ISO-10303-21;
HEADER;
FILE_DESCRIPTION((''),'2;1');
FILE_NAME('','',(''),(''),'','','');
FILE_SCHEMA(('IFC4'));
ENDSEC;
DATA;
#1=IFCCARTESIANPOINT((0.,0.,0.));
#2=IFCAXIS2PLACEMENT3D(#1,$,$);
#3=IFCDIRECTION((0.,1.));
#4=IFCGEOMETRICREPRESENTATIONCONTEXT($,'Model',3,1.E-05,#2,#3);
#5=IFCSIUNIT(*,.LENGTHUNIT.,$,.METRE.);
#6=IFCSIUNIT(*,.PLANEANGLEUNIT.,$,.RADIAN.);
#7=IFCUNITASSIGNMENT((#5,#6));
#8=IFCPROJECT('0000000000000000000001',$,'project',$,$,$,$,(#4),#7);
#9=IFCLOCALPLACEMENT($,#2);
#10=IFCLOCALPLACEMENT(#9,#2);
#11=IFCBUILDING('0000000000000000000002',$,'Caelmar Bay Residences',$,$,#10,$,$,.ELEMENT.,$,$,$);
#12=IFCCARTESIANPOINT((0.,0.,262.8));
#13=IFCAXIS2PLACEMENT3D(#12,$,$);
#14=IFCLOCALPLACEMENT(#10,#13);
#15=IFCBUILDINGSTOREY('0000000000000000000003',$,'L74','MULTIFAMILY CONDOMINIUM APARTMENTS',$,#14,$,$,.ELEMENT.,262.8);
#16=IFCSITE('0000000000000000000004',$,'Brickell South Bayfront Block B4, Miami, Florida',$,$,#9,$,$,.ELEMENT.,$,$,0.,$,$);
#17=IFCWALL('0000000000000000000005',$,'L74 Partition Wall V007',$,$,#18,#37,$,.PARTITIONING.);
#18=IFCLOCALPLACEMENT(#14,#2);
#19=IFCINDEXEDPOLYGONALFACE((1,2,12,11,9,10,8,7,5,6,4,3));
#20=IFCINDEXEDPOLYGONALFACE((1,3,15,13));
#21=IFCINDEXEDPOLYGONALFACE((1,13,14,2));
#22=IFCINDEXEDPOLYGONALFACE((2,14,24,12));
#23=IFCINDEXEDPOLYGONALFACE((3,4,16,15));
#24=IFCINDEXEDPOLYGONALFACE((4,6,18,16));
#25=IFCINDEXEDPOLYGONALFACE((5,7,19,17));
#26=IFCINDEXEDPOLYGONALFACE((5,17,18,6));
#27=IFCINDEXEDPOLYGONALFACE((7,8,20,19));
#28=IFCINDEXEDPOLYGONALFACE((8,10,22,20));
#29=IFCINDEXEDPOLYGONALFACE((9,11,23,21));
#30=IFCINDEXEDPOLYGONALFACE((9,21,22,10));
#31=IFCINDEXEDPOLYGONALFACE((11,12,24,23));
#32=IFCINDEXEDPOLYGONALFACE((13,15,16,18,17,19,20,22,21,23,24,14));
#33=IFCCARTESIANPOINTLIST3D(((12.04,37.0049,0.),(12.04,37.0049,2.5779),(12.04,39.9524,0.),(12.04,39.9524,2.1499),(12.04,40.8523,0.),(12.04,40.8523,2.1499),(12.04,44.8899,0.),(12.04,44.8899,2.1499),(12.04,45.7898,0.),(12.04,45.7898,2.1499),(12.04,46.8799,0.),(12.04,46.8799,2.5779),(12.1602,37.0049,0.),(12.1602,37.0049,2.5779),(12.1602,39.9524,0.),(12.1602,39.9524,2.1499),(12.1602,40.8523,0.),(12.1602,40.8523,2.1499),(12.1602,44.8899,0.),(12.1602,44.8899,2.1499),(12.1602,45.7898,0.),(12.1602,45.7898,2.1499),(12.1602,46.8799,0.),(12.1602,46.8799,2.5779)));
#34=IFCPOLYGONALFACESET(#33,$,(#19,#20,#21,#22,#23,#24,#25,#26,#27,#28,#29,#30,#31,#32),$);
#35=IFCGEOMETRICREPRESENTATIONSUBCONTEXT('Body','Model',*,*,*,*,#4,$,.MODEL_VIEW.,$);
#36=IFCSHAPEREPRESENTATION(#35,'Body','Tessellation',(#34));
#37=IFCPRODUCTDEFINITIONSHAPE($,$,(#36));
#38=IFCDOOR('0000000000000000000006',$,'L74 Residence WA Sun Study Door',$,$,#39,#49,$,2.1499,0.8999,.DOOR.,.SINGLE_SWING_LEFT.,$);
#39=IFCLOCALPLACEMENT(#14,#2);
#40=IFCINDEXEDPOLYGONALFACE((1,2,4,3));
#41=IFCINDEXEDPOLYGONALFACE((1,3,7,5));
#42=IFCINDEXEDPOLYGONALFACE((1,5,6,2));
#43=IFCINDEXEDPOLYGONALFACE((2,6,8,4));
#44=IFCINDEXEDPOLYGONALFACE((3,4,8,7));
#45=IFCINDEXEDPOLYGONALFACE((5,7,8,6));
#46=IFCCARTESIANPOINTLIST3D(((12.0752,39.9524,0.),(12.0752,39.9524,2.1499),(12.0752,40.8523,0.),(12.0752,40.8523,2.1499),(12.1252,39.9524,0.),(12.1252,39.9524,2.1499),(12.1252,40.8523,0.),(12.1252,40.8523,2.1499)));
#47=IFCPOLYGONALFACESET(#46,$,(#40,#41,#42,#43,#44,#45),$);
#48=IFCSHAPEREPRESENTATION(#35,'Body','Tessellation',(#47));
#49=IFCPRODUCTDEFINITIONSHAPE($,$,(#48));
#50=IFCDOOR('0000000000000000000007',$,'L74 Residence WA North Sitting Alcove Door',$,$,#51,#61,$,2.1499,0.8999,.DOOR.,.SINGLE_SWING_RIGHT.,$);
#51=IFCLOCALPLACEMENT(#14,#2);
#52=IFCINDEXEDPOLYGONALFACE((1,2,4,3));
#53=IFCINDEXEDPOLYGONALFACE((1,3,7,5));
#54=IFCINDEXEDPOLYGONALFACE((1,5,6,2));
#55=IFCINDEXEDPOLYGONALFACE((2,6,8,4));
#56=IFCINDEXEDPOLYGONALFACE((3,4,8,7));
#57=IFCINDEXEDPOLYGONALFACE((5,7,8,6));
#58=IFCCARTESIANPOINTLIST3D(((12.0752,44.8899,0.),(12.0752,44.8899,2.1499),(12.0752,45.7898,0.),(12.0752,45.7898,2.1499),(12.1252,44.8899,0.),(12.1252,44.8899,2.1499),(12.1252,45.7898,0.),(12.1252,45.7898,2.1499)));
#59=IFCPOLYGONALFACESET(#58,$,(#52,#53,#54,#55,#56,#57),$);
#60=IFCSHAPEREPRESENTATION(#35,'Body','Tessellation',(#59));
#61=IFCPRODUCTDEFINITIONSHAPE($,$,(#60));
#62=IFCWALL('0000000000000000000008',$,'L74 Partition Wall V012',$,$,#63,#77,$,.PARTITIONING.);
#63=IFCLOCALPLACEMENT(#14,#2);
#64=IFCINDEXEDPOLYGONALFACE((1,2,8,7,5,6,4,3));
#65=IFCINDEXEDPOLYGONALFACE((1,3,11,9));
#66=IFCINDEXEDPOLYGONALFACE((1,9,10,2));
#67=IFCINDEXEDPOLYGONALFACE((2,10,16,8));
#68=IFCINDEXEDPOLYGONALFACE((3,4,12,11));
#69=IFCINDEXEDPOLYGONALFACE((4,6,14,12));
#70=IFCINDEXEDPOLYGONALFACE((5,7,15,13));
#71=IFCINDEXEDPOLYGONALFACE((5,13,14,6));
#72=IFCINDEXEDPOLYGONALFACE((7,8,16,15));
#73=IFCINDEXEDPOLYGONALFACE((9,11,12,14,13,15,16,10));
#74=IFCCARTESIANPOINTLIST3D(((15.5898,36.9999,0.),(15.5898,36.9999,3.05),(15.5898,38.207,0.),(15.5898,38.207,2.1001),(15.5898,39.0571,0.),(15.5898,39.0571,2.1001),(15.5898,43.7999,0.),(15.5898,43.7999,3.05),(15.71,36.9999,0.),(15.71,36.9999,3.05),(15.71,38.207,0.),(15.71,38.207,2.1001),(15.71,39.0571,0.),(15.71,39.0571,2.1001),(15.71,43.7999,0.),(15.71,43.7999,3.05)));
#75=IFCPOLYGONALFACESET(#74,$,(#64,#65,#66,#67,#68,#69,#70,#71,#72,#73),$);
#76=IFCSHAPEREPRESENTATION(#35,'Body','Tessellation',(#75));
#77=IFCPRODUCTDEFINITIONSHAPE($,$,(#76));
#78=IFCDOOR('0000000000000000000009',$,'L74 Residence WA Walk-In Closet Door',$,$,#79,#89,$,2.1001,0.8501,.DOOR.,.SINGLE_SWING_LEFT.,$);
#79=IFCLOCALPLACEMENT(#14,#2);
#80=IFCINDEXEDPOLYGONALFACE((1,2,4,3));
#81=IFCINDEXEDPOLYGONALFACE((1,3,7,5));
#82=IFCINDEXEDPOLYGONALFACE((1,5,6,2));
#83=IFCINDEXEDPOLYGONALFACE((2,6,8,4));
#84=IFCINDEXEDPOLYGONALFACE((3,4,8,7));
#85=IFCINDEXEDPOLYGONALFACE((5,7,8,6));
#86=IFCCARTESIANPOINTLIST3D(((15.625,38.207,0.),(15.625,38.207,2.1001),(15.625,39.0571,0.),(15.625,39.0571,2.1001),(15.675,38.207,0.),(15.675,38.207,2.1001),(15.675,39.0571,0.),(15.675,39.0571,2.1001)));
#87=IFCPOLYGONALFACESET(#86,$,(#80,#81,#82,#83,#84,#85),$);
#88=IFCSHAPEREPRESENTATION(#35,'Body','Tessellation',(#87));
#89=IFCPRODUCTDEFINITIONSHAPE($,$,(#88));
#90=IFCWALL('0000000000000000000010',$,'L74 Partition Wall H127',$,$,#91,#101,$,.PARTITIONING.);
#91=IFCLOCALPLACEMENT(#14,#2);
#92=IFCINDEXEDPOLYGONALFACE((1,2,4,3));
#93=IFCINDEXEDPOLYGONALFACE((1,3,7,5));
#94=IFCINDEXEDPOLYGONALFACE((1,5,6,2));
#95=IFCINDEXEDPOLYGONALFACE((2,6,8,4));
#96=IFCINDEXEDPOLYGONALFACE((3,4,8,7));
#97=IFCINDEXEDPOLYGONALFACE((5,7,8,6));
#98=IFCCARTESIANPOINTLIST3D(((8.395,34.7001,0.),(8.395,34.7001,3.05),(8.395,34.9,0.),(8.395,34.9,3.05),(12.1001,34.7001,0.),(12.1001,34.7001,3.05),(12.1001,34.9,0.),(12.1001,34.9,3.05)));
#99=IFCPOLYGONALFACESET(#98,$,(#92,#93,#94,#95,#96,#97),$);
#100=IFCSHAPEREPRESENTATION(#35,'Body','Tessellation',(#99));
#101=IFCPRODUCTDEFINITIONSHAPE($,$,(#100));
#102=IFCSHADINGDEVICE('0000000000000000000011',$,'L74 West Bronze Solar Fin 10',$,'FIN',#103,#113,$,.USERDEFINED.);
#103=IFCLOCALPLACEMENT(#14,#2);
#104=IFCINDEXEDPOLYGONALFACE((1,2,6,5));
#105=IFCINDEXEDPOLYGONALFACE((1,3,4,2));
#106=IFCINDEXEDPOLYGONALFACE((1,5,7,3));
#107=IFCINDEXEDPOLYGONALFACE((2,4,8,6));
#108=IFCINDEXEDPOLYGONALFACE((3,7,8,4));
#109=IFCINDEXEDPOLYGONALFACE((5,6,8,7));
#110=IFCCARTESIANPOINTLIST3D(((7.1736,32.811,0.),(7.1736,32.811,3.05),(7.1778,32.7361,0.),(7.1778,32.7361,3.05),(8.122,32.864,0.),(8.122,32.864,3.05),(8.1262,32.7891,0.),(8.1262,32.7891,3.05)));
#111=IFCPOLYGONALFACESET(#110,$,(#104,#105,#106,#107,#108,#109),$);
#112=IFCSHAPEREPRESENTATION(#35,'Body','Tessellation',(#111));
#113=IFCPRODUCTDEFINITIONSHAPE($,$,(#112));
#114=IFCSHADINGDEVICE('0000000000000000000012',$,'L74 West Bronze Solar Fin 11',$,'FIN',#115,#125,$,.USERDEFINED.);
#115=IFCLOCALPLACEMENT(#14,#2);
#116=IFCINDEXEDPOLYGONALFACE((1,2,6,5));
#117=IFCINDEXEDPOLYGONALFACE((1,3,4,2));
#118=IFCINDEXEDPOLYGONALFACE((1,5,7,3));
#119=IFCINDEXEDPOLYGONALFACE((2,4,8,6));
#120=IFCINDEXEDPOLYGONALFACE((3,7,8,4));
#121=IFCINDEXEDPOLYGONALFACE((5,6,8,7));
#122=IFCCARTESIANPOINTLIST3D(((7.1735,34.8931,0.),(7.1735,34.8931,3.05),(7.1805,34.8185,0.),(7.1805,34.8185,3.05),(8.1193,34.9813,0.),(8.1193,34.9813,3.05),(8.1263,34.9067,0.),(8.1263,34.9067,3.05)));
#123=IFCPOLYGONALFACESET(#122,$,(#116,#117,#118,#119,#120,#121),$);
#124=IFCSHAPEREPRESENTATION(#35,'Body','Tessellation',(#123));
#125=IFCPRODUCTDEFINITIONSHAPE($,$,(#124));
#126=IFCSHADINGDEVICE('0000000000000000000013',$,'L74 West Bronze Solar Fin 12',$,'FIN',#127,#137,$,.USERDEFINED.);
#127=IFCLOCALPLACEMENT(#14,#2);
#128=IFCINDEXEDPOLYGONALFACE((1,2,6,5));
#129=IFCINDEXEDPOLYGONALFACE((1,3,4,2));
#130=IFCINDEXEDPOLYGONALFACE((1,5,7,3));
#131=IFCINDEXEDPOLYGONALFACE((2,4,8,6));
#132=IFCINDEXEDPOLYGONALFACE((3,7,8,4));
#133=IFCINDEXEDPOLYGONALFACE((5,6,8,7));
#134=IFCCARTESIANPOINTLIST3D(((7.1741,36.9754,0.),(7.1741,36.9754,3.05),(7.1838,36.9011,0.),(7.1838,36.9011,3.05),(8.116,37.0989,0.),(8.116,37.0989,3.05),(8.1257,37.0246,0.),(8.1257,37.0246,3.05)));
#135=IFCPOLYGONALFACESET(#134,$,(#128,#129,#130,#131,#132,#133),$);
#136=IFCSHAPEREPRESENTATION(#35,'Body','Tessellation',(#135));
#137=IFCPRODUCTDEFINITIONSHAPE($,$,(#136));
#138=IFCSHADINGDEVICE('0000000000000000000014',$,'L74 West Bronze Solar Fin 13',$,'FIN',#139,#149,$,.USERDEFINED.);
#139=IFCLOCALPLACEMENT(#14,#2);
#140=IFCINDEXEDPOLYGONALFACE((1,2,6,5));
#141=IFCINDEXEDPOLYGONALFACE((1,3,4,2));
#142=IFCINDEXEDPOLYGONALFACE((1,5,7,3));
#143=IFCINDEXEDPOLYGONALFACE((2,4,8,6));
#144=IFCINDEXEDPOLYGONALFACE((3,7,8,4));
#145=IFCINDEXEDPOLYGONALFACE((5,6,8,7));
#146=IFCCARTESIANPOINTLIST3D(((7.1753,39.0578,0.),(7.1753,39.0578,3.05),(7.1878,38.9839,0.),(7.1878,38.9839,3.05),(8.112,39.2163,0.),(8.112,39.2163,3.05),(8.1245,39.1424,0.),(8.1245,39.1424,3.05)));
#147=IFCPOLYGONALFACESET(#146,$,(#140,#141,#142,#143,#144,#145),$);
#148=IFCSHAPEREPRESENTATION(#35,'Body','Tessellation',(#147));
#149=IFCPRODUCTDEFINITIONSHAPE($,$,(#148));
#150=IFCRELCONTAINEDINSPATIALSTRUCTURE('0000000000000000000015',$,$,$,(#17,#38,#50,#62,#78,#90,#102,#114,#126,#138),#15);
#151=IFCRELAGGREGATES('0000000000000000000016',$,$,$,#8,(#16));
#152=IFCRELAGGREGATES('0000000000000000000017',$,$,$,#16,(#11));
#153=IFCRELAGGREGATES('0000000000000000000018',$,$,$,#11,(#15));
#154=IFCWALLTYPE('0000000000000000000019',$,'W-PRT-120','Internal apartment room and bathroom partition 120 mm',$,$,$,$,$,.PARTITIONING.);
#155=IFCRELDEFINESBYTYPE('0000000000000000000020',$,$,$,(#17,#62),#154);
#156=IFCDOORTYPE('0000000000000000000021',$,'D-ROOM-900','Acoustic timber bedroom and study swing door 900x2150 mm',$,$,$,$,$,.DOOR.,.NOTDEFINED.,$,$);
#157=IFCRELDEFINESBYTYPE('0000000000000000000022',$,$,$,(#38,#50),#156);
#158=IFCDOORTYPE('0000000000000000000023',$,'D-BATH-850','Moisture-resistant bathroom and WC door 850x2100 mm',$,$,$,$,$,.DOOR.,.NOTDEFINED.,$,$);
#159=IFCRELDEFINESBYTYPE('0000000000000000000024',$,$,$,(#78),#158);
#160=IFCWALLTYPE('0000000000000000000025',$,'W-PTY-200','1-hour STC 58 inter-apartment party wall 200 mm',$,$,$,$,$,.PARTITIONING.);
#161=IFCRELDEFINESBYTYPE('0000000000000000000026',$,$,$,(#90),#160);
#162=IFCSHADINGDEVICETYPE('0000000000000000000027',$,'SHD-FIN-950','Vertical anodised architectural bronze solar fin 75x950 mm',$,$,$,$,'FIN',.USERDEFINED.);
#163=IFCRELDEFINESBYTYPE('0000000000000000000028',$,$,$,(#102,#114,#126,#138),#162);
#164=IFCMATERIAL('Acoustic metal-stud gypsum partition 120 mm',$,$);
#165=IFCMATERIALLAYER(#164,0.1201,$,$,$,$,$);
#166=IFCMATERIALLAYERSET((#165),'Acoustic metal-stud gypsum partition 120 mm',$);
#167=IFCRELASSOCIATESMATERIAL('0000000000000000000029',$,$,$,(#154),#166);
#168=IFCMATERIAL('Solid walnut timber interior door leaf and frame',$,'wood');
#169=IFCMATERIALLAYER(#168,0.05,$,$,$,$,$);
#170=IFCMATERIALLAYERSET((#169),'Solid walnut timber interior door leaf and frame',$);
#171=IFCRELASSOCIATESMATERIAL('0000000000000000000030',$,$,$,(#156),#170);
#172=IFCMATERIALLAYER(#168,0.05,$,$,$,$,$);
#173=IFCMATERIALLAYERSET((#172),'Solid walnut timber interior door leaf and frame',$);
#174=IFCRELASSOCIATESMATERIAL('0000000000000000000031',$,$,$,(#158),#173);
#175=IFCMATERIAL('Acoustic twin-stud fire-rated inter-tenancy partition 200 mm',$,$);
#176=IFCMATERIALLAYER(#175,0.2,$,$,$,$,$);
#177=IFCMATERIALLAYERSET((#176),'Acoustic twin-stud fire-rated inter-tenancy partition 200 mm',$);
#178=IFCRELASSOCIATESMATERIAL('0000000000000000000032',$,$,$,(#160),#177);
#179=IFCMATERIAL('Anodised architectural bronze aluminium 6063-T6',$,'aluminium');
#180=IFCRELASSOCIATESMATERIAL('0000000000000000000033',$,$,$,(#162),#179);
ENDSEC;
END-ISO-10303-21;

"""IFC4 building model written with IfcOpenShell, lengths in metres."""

from ifc_helpers import new_model, si_unit, direction, frame, frame_2d, origin, origin_2d, place, context, subcontext, project, spatial, rectangle, extrude, material, layer, layer_set, material_profile, profile_set, type_object, element, fill, save


model = new_model("IFC4")

# Units and contexts
model_context = context("Model", 3, precision=1e-05, world=origin(), true_north=direction((0.0, 1.0)))
body_context = subcontext(model_context, "Body", "Model", "MODEL_VIEW")
ifc_project = project(units=[si_unit("LENGTHUNIT", "METRE"), si_unit("PLANEANGLEUNIT", "RADIAN")], contexts=[model_context])

# Site, building, storey
site_placement = place(None, origin())
site = spatial("IfcSite", under=ifc_project, at=site_placement, Name="Brickell South Bayfront Block B4, Miami, Florida", CompositionType="ELEMENT", RefElevation=0.0)
building_placement = place(site_placement, origin())
building = spatial("IfcBuilding", under=site, at=building_placement, Name="Caelmar Bay Residences", CompositionType="ELEMENT")
storey_placement = place(building_placement, frame((0.0, 0.0, 262.8)))
storey = spatial("IfcBuildingStorey", under=building, at=storey_placement, Name="L74", Description="MULTIFAMILY CONDOMINIUM APARTMENTS", CompositionType="ELEMENT", Elevation=262.8)

# Wall, openings, doors
ifc_material_1 = material(Name="Acoustic metal-stud gypsum partition 120 mm")
ifc_layer_1 = layer(ifc_material_1, 0.1201)
ifc_layer_set_1 = layer_set([ifc_layer_1], Name="Acoustic metal-stud gypsum partition 120 mm")
wall_type_1 = type_object("IfcWallType", Name="W-PRT-120", Description="Internal apartment room and bathroom partition 120 mm", PredefinedType="PARTITIONING", material=ifc_layer_set_1)
wall_1_placement = place(storey_placement, frame((12.1001, 37.0049, 0.0), z_axis=(0.0, 0.0, 1.0), x_axis=(0.0, 1.0, 0.0)))
wall_1 = element("IfcWall", 1, at=wall_1_placement, inside=storey, type_object=wall_type_1, Name="L74 Partition Wall V007", PredefinedType="PARTITIONING", context=body_context, shape_type="SweptSolid", body=[
    extrude(rectangle(XDim=9.875, YDim=0.1201, at=frame_2d((4.9375, 0.0))), origin(), (0.0, 0.0, 1.0), 2.5779),
])
opening_1_placement = place(wall_1_placement, frame((2.9475, 0.0, 0.0)))
opening_1 = element("IfcOpeningElement", 2, at=opening_1_placement, cuts=wall_1, PredefinedType="OPENING", context=body_context, shape_type="SweptSolid", body=[
    extrude(rectangle(XDim=0.8999, YDim=2.1499, at=frame_2d((0.45, 1.075))), frame((0.0, 0.0701, 0.0), z_axis=(0.0, -1.0, 0.0), x_axis=(1.0, 0.0, 0.0)), (0.0, 0.0, 1.0), 0.1401),
])
opening_2_placement = place(wall_1_placement, frame((7.885, 0.0, 0.0)))
opening_2 = element("IfcOpeningElement", 3, at=opening_2_placement, cuts=wall_1, PredefinedType="OPENING", context=body_context, shape_type="SweptSolid", body=[
    extrude(rectangle(XDim=0.8999, YDim=2.1499, at=frame_2d((0.45, 1.075))), frame((0.0, 0.0701, 0.0), z_axis=(0.0, -1.0, 0.0), x_axis=(1.0, 0.0, 0.0)), (0.0, 0.0, 1.0), 0.1401),
])
ifc_material_2 = material(Name="Solid walnut timber interior door leaf and frame", Category="wood")
ifc_layer_2 = layer(ifc_material_2, 0.05)
ifc_layer_set_2 = layer_set([ifc_layer_2], Name="Solid walnut timber interior door leaf and frame")
door_type_1 = type_object("IfcDoorType", Name="D-ROOM-900", Description="Acoustic timber bedroom and study swing door 900x2150 mm", OperationType="NOTDEFINED", PredefinedType="DOOR", material=ifc_layer_set_2)
door_1_placement = place(opening_1_placement, origin())
door_1 = element("IfcDoor", 4, at=door_1_placement, inside=storey, type_object=door_type_1, Name="L74 Residence WA Sun Study Door", OperationType="SINGLE_SWING_LEFT", OverallHeight=2.1499, OverallWidth=0.8999, PredefinedType="DOOR", context=body_context, shape_type="SweptSolid", body=[
    extrude(rectangle(XDim=0.8999, YDim=2.1499, at=frame_2d((0.45, 1.075))), frame((0.0, 0.0249, 0.0), z_axis=(0.0, -1.0, 0.0), x_axis=(1.0, 0.0, 0.0)), (0.0, 0.0, 1.0), 0.05),
])
fill(opening_1, door_1)
door_2_placement = place(opening_2_placement, origin())
door_2 = element("IfcDoor", 5, at=door_2_placement, inside=storey, type_object=door_type_1, Name="L74 Residence WA North Sitting Alcove Door", OperationType="SINGLE_SWING_RIGHT", OverallHeight=2.1499, OverallWidth=0.8999, PredefinedType="DOOR", context=body_context, shape_type="SweptSolid", body=[
    extrude(rectangle(XDim=0.8999, YDim=2.1499, at=frame_2d((0.45, 1.075))), frame((0.0, 0.0249, 0.0), z_axis=(0.0, -1.0, 0.0), x_axis=(1.0, 0.0, 0.0)), (0.0, 0.0, 1.0), 0.05),
])
fill(opening_2, door_2)

# Wall, opening, door
wall_2_placement = place(storey_placement, frame((15.6499, 37.0, 0.0), z_axis=(0.0, 0.0, 1.0), x_axis=(0.0, 1.0, 0.0)))
wall_2 = element("IfcWall", 6, at=wall_2_placement, inside=storey, type_object=wall_type_1, Name="L74 Partition Wall V012", PredefinedType="PARTITIONING", context=body_context, shape_type="SweptSolid", body=[
    extrude(rectangle(XDim=6.8, YDim=0.1201, at=frame_2d((3.3999, 0.0))), origin(), (0.0, 0.0, 1.0), 3.05),
])
opening_3_placement = place(wall_2_placement, frame((1.207, 0.0, 0.0)))
opening_3 = element("IfcOpeningElement", 7, at=opening_3_placement, cuts=wall_2, PredefinedType="OPENING", context=body_context, shape_type="SweptSolid", body=[
    extrude(rectangle(XDim=0.8501, YDim=2.1001, at=frame_2d((0.425, 1.05))), frame((0.0, 0.0701, 0.0), z_axis=(0.0, -1.0, 0.0), x_axis=(1.0, 0.0, 0.0)), (0.0, 0.0, 1.0), 0.1401),
])
ifc_layer_3 = layer(ifc_material_2, 0.05)
ifc_layer_set_3 = layer_set([ifc_layer_3], Name="Solid walnut timber interior door leaf and frame")
door_type_2 = type_object("IfcDoorType", Name="D-BATH-850", Description="Moisture-resistant bathroom and WC door 850x2100 mm", OperationType="NOTDEFINED", PredefinedType="DOOR", material=ifc_layer_set_3)
door_3_placement = place(opening_3_placement, origin())
door_3 = element("IfcDoor", 8, at=door_3_placement, inside=storey, type_object=door_type_2, Name="L74 Residence WA Walk-In Closet Door", OperationType="SINGLE_SWING_LEFT", OverallHeight=2.1001, OverallWidth=0.8501, PredefinedType="DOOR", context=body_context, shape_type="SweptSolid", body=[
    extrude(rectangle(XDim=0.8501, YDim=2.1001, at=frame_2d((0.425, 1.05))), frame((0.0, 0.0249, 0.0), z_axis=(0.0, -1.0, 0.0), x_axis=(1.0, 0.0, 0.0)), (0.0, 0.0, 1.0), 0.05),
])
fill(opening_3, door_3)

# Wall
ifc_material_3 = material(Name="Acoustic twin-stud fire-rated inter-tenancy partition 200 mm")
ifc_layer_4 = layer(ifc_material_3, 0.2)
ifc_layer_set_4 = layer_set([ifc_layer_4], Name="Acoustic twin-stud fire-rated inter-tenancy partition 200 mm")
wall_type_2 = type_object("IfcWallType", Name="W-PTY-200", Description="1-hour STC 58 inter-apartment party wall 200 mm", PredefinedType="PARTITIONING", material=ifc_layer_set_4)
wall_3_placement = place(storey_placement, frame((8.395, 34.8, 0.0), z_axis=(0.0, 0.0, 1.0), x_axis=(1.0, 0.0, 0.0)))
element("IfcWall", 9, at=wall_3_placement, inside=storey, type_object=wall_type_2, Name="L74 Partition Wall H127", PredefinedType="PARTITIONING", context=body_context, shape_type="SweptSolid", body=[
    extrude(rectangle(XDim=3.7051, YDim=0.2, at=frame_2d((1.8525, 0.0))), origin(), (0.0, 0.0, 1.0), 3.05),
])

# Shading devices
ifc_material_4 = material(Name="Anodised architectural bronze aluminium 6063-T6", Category="aluminium")
ifc_material_profile = material_profile(ifc_material_4, rectangle(XDim=0.075, YDim=0.95, at=origin_2d()), Name="BRONZE-FIN-75X950")
ifc_profile_set = profile_set([ifc_material_profile], Name="Anodised architectural bronze aluminium 6063-T6")
shading_device_type = type_object("IfcShadingDeviceType", Name="SHD-FIN-950", Description="Vertical anodised architectural bronze solar fin 75x950 mm", ElementType="FIN", PredefinedType="USERDEFINED", material=ifc_profile_set)
for number, where, z_axis, x_axis, name in (
    (10, (7.6499, 32.8, 0.0), (0.0, 0.0, 1.0), (-0.055822, 0.998441, 0.0), "L74 West Bronze Solar Fin 10"),
    (11, (7.6499, 34.8999, 0.0), (0.0, 0.0, 1.0), (-0.092892, 0.995676, 0.0), "L74 West Bronze Solar Fin 11"),
    (12, (7.6499, 37.0, 0.0), (0.0, 0.0, 1.0), (-0.130007, 0.991513, 0.0), "L74 West Bronze Solar Fin 12"),
    (13, (7.6499, 39.1001, 0.0), (0.0, 0.0, 1.0), (-0.166769, 0.985996, 0.0), "L74 West Bronze Solar Fin 13"),
):
    element("IfcShadingDevice", number, at=place(storey_placement, frame(where, z_axis=z_axis, x_axis=x_axis)), inside=storey, type_object=shading_device_type, Name=name, ObjectType="FIN", PredefinedType="USERDEFINED", context=body_context, shape_type="SweptSolid", body=[
        extrude(rectangle(XDim=0.075, YDim=0.95, at=origin_2d()), origin(), (0.0, 0.0, 1.0), 3.05),
    ])

save(model, "model.ifc")
